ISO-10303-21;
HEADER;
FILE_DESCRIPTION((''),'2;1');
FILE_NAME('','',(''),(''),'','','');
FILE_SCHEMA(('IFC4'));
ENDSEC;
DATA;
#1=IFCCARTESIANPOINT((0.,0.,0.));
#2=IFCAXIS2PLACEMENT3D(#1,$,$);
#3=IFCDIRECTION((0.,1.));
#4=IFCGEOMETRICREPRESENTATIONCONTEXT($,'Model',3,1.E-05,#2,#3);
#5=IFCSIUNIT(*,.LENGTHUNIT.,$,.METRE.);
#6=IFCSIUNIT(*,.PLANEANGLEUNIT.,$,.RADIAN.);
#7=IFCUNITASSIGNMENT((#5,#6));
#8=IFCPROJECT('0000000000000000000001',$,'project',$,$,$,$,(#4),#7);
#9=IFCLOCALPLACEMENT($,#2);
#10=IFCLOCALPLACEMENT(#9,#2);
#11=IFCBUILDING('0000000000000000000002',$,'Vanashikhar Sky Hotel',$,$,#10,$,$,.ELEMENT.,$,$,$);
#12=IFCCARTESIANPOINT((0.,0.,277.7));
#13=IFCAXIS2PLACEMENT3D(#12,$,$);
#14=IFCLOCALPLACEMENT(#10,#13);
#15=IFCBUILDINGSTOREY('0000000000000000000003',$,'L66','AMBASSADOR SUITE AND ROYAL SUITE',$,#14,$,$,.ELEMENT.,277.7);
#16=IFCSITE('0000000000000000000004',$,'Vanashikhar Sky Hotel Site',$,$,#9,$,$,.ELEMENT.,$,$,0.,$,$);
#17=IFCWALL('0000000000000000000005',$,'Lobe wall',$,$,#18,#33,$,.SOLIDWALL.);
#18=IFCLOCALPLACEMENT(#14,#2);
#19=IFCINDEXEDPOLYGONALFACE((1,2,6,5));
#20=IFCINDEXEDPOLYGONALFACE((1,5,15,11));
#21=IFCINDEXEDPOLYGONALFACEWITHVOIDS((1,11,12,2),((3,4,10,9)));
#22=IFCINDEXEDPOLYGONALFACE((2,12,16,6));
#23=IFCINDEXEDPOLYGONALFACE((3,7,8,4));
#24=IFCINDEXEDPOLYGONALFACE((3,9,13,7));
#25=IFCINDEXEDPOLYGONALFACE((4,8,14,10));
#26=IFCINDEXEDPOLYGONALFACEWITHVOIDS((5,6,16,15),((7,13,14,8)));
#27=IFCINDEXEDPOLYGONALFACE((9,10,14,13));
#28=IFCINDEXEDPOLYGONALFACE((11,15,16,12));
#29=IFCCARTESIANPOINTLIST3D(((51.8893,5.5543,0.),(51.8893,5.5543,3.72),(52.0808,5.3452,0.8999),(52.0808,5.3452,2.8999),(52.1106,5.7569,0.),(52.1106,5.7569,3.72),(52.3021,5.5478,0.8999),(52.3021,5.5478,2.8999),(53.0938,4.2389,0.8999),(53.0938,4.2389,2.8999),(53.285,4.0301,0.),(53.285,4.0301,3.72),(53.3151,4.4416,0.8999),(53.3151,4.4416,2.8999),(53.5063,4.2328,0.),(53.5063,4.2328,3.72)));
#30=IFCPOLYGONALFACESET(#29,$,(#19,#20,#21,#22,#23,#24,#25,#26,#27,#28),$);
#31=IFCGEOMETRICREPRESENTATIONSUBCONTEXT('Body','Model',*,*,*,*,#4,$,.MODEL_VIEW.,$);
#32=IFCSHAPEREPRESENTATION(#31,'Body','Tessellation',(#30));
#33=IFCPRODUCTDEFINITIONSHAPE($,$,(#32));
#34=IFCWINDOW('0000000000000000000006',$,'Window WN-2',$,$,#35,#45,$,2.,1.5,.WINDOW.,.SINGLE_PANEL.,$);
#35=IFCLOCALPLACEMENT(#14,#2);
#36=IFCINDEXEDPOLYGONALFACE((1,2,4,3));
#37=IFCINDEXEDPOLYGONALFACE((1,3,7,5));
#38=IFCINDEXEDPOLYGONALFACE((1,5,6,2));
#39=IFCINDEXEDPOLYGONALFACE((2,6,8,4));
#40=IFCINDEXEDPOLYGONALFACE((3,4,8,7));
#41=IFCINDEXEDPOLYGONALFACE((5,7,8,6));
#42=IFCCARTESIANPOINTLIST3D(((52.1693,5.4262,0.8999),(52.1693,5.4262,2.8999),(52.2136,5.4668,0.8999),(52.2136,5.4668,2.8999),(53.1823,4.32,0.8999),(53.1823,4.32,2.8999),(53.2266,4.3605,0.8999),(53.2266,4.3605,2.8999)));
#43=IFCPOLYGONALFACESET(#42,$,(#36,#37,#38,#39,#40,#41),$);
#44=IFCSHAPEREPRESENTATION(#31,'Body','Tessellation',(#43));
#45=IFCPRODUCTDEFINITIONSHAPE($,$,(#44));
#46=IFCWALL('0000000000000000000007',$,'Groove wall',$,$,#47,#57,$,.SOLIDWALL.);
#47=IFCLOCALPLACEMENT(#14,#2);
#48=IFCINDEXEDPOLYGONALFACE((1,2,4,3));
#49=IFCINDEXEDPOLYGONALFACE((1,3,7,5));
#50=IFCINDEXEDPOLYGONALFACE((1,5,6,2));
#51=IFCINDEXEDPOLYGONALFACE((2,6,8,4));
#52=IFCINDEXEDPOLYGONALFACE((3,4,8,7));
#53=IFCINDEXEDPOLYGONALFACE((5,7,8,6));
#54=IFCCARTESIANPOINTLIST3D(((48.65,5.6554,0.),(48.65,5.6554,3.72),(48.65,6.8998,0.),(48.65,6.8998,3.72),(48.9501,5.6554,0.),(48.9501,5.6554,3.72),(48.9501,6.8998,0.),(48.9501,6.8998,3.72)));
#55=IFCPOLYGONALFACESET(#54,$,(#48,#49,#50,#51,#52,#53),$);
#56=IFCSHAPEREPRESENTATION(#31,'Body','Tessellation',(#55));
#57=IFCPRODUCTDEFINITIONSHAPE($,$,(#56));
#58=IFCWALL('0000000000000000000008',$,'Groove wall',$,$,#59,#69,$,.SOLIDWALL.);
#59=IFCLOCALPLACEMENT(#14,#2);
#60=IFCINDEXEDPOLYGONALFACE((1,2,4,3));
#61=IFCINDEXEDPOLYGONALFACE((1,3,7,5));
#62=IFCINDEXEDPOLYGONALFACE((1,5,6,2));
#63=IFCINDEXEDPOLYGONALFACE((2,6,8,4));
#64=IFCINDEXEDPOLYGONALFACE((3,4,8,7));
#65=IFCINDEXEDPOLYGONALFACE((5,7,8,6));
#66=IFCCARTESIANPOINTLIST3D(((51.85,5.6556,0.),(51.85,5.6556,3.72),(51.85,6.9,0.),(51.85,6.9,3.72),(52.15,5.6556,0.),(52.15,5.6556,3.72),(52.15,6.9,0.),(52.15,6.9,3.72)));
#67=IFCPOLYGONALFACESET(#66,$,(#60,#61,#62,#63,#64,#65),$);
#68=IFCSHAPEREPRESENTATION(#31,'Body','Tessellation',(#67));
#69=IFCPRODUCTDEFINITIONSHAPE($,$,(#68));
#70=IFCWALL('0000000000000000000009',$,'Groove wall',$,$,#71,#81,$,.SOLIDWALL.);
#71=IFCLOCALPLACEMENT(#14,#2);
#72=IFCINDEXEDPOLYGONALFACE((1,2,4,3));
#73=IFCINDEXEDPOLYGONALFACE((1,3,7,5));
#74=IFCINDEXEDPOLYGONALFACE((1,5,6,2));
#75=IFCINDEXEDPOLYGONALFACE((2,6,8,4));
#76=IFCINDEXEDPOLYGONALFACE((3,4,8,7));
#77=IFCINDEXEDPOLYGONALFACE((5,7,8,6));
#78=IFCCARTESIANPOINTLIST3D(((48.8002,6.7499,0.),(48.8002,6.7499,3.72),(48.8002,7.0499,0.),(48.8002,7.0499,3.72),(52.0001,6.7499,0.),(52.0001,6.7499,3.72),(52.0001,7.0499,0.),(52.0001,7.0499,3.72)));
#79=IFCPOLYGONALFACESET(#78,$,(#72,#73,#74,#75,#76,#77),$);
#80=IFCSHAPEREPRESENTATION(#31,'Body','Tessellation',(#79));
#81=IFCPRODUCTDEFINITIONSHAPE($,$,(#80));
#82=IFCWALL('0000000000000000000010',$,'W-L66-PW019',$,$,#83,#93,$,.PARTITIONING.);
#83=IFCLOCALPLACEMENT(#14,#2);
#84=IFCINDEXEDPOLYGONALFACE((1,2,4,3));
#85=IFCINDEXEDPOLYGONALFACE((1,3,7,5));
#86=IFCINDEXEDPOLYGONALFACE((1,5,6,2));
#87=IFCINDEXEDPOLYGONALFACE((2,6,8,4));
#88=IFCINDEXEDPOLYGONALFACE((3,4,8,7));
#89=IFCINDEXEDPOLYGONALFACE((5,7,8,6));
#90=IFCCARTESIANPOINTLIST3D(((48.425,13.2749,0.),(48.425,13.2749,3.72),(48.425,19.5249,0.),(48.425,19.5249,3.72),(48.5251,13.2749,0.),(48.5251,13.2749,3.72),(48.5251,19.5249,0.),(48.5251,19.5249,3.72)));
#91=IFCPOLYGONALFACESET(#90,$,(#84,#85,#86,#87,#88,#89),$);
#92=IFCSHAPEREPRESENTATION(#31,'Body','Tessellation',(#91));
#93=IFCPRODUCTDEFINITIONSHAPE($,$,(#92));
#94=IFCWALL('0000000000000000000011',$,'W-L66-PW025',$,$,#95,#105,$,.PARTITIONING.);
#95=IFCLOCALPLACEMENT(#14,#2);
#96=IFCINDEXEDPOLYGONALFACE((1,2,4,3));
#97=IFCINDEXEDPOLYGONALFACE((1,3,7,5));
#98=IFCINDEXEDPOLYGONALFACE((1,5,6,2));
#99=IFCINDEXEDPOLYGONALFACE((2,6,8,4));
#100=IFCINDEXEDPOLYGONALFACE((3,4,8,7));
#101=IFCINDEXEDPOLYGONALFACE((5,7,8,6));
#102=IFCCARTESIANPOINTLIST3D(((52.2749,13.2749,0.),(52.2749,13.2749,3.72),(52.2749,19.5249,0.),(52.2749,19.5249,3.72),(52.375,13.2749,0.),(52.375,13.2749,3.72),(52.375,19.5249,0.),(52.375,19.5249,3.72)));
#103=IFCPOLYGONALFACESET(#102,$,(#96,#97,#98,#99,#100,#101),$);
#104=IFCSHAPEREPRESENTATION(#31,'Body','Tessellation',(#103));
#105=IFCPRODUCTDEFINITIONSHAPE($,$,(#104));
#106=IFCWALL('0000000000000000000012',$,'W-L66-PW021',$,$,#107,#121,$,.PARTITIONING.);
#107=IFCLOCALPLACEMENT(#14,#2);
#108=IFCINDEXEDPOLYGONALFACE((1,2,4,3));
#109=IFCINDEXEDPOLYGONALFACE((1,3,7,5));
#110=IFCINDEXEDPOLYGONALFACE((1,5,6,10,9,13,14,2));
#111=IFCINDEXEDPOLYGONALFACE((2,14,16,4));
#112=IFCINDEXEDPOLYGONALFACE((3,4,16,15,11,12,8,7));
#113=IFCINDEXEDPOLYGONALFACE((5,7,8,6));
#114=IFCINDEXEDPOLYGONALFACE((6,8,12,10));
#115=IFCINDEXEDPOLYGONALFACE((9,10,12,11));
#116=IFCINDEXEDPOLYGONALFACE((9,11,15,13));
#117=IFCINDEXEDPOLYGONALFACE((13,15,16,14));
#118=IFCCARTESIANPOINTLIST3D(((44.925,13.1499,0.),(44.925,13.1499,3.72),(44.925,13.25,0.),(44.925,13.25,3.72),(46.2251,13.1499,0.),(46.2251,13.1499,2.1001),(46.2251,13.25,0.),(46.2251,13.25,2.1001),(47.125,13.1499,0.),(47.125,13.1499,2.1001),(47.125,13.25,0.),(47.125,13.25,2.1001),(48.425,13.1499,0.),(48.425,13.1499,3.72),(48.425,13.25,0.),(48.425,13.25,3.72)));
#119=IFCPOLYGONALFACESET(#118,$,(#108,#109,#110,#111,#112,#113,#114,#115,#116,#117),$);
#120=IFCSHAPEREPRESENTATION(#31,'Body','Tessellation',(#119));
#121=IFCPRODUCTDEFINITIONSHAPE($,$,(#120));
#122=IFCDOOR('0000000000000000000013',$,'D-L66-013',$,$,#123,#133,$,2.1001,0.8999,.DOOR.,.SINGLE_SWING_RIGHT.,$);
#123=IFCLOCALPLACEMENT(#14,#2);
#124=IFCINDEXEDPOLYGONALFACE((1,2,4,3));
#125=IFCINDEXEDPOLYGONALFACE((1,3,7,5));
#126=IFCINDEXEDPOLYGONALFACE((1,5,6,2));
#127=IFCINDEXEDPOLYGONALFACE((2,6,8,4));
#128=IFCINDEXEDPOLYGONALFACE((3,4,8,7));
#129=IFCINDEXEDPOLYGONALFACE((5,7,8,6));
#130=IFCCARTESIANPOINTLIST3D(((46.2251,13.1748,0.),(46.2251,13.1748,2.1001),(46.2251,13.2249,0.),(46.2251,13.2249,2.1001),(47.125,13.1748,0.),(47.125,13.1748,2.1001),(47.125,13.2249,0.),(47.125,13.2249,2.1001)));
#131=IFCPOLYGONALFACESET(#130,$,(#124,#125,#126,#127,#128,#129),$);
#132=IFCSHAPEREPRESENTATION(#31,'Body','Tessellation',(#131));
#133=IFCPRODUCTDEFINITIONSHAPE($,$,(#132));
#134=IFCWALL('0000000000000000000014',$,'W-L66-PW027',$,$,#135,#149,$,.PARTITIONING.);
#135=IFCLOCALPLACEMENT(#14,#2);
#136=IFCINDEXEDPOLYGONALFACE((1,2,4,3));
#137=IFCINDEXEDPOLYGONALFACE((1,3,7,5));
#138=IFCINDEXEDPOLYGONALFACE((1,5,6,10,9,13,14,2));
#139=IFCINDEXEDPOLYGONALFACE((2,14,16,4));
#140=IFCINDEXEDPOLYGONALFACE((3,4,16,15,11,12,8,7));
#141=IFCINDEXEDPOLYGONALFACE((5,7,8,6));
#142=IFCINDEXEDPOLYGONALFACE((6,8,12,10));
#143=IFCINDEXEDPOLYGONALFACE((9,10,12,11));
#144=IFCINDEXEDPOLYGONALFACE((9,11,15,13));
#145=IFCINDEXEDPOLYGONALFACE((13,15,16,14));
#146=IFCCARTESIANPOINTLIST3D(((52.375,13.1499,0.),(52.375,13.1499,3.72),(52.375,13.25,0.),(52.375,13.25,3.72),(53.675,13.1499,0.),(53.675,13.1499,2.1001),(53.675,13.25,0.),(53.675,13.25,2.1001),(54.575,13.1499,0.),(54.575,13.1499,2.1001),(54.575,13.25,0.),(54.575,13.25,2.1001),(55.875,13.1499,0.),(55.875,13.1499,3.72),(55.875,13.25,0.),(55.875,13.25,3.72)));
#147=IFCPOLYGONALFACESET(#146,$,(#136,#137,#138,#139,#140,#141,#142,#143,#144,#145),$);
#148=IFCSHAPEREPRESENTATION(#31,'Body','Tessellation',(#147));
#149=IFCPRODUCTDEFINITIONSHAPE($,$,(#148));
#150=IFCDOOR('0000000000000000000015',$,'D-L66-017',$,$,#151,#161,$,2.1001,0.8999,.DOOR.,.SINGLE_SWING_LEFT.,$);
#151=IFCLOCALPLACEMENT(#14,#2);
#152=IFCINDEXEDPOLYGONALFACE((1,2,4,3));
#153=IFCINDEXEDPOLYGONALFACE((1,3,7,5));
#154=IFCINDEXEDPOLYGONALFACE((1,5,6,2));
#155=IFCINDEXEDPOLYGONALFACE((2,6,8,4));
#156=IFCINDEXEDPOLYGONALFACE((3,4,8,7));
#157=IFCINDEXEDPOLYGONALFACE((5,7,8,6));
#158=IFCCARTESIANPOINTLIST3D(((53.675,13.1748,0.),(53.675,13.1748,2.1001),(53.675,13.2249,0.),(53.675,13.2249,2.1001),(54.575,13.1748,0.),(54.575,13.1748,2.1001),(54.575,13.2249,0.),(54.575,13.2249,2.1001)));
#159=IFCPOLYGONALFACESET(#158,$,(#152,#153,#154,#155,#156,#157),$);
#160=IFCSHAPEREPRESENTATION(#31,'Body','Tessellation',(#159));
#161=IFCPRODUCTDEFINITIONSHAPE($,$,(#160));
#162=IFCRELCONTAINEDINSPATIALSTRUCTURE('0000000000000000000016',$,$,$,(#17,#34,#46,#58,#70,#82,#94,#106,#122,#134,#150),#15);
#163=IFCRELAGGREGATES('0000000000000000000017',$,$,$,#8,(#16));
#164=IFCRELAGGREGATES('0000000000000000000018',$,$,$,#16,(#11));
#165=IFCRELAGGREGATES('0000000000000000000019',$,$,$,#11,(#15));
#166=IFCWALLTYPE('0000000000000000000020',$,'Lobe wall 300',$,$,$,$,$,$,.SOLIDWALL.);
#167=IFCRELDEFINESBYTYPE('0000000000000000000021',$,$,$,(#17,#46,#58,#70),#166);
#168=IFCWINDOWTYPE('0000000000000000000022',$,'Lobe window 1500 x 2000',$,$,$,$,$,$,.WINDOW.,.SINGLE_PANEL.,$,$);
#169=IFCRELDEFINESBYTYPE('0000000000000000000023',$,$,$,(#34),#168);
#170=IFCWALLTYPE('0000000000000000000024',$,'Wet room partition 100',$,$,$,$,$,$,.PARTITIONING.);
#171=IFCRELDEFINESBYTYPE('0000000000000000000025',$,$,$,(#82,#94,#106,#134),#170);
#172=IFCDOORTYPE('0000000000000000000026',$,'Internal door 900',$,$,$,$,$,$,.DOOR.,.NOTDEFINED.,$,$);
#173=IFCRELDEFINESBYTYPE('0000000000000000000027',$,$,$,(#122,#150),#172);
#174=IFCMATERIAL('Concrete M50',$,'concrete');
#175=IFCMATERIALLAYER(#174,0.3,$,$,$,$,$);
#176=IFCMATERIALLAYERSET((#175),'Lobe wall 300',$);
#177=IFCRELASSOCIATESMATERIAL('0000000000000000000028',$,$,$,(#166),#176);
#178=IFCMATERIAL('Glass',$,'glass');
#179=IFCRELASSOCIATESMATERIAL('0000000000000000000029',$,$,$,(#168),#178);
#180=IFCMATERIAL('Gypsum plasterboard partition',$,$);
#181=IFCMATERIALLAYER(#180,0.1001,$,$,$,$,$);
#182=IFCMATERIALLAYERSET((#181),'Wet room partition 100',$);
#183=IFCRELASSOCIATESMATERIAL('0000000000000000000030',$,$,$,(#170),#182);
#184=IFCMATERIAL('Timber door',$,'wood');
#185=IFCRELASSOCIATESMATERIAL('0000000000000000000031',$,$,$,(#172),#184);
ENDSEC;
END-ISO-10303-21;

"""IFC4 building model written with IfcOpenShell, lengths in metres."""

from ifc_helpers import new_model, si_unit, direction, frame, frame_2d, origin, place, context, subcontext, project, spatial, rectangle, extrude, source, transform, mapped, material, layer, layer_set, type_object, element, fill, save


model = new_model("IFC4")

# Units and contexts
model_context = context("Model", 3, precision=1e-05, world=origin(), true_north=direction((0.0, 1.0)))
body_context = subcontext(model_context, "Body", "Model", "MODEL_VIEW")
ifc_project = project(units=[si_unit("LENGTHUNIT", "METRE"), si_unit("PLANEANGLEUNIT", "RADIAN")], contexts=[model_context])

# Site, building, storey
site_placement = place(None, origin())
site = spatial("IfcSite", under=ifc_project, at=site_placement, Name="Vanashikhar Sky Hotel Site", CompositionType="ELEMENT", RefElevation=0.0)
building_placement = place(site_placement, origin())
building = spatial("IfcBuilding", under=site, at=building_placement, Name="Vanashikhar Sky Hotel", CompositionType="ELEMENT")
storey_placement = place(building_placement, frame((0.0, 0.0, 277.7)))
storey = spatial("IfcBuildingStorey", under=building, at=storey_placement, Name="L66", Description="AMBASSADOR SUITE AND ROYAL SUITE", CompositionType="ELEMENT", Elevation=277.7)

# Shared definitions
ifc_material_1 = material(Name="Concrete M50", Category="concrete")

# Wall, opening, window
ifc_layer_1 = layer(ifc_material_1, 0.3)
ifc_layer_set_1 = layer_set([ifc_layer_1], Name="Lobe wall 300")
wall_type_1 = type_object("IfcWallType", Name="Lobe wall 300", PredefinedType="SOLIDWALL", material=ifc_layer_set_1)
shared_shape_1 = source(origin(), body_context, "Body", "SweptSolid", [
    extrude(rectangle(XDim=1.5, YDim=2.0, at=frame_2d((0.75, 1.0))), frame((0.0, 0.1602, 0.0), z_axis=(0.0, -1.0, 0.0), x_axis=(1.0, 0.0, 0.0)), (0.0, 0.0, 1.0), 0.3201),
])
ifc_material_2 = material(Name="Glass", Category="glass")
window_type = type_object("IfcWindowType", Name="Lobe window 1500 x 2000", PartitioningType="SINGLE_PANEL", PredefinedType="WINDOW", material=ifc_material_2)
shared_shape_2 = source(origin(), body_context, "Body", "SweptSolid", [
    extrude(rectangle(XDim=1.5, YDim=2.0, at=frame_2d((0.75, 1.0))), frame((0.0, 0.03, 0.0), z_axis=(0.0, -1.0, 0.0), x_axis=(1.0, 0.0, 0.0)), (0.0, 0.0, 1.0), 0.0601),
])
shared_shape_3 = source(origin(), body_context, "Body", "SweptSolid", [
    extrude(rectangle(XDim=2.0667, YDim=0.3, at=frame_2d((1.0332, 0.0))), origin(), (0.0, 0.0, 1.0), 3.72),
])
wall_1_placement = place(storey_placement, frame((52.0, 5.6555, 0.0), z_axis=(0.0, 0.0, 1.0), x_axis=(0.675355, -0.737492, 0.0)))
wall_1 = element("IfcWall", 1, at=wall_1_placement, inside=storey, type_object=wall_type_1, Name="Lobe wall", PredefinedType="SOLIDWALL", context=body_context, shape_type="MappedRepresentation", body=[
    mapped(shared_shape_3, transform((0.0, 0.0, 0.0), scale=1.0)),
])
opening_1_placement = place(wall_1_placement, frame((0.2834, 0.0, 0.8999)))
opening_1 = element("IfcOpeningElement", 2, at=opening_1_placement, cuts=wall_1, PredefinedType="OPENING", context=body_context, shape_type="MappedRepresentation", body=[
    mapped(shared_shape_1, transform((0.0, 0.0, 0.0), scale=1.0)),
])
window_1_placement = place(opening_1_placement, origin())
window_1 = element("IfcWindow", 3, at=window_1_placement, inside=storey, type_object=window_type, Name="Window WN-2", OverallHeight=2.0, OverallWidth=1.5, PartitioningType="SINGLE_PANEL", PredefinedType="WINDOW", context=body_context, shape_type="MappedRepresentation", body=[
    mapped(shared_shape_2, transform((0.0, 0.0, 0.0), scale=1.0)),
])
fill(opening_1, window_1)

# Walls
shared_shape_4 = source(origin(), body_context, "Body", "SweptSolid", [
    extrude(rectangle(XDim=1.2444, YDim=0.3, at=frame_2d((0.6221, 0.0))), origin(), (0.0, 0.0, 1.0), 3.72),
])
for number, where, z_axis, x_axis, name in (
    (4, (48.8, 5.6555, 0.0), (0.0, 0.0, 1.0), (0.0, 1.0, 0.0), "Groove wall"),
    (5, (52.0, 6.8999, 0.0), (0.0, 0.0, 1.0), (0.0, -1.0, 0.0), "Groove wall"),
):
    element("IfcWall", number, at=place(storey_placement, frame(where, z_axis=z_axis, x_axis=x_axis)), inside=storey, type_object=wall_type_1, Name=name, PredefinedType="SOLIDWALL", context=body_context, shape_type="MappedRepresentation", body=[
        mapped(shared_shape_4, transform((0.0, 0.0, 0.0), scale=1.0)),
    ])
shared_shape_5 = source(origin(), body_context, "Body", "SweptSolid", [
    extrude(rectangle(XDim=3.2, YDim=0.3, at=frame_2d((1.6001, 0.0))), origin(), (0.0, 0.0, 1.0), 3.72),
])
wall_2_placement = place(storey_placement, frame((48.8, 6.8999, 0.0), z_axis=(0.0, 0.0, 1.0), x_axis=(1.0, 0.0, 0.0)))
element("IfcWall", 6, at=wall_2_placement, inside=storey, type_object=wall_type_1, Name="Groove wall", PredefinedType="SOLIDWALL", context=body_context, shape_type="MappedRepresentation", body=[
    mapped(shared_shape_5, transform((0.0, 0.0, 0.0), scale=1.0)),
])
ifc_material_3 = material(Name="Gypsum plasterboard partition")
ifc_layer_2 = layer(ifc_material_3, 0.1001)
ifc_layer_set_2 = layer_set([ifc_layer_2], Name="Wet room partition 100")
wall_type_2 = type_object("IfcWallType", Name="Wet room partition 100", PredefinedType="PARTITIONING", material=ifc_layer_set_2)
shared_shape_6 = source(origin(), body_context, "Body", "SweptSolid", [
    extrude(rectangle(XDim=6.25, YDim=0.1001, at=frame_2d((3.125, 0.0))), origin(), (0.0, 0.0, 1.0), 3.72),
])
for number, where, z_axis, x_axis, name in (
    (7, (48.4751, 13.2749, 0.0), (0.0, 0.0, 1.0), (0.0, 1.0, 0.0), "W-L66-PW019"),
    (8, (52.325, 13.2749, 0.0), (0.0, 0.0, 1.0), (0.0, 1.0, 0.0), "W-L66-PW025"),
):
    element("IfcWall", number, at=place(storey_placement, frame(where, z_axis=z_axis, x_axis=x_axis)), inside=storey, type_object=wall_type_2, Name=name, PredefinedType="PARTITIONING", context=body_context, shape_type="MappedRepresentation", body=[
        mapped(shared_shape_6, transform((0.0, 0.0, 0.0), scale=1.0)),
    ])

# Walls, openings, doors
shared_shape_7 = source(origin(), body_context, "Body", "SweptSolid", [
    extrude(rectangle(XDim=3.5, YDim=0.1001, at=frame_2d((1.75, 0.0))), origin(), (0.0, 0.0, 1.0), 3.72),
])
wall_3_placement = place(storey_placement, frame((44.925, 13.2, 0.0), z_axis=(0.0, 0.0, 1.0), x_axis=(1.0, 0.0, 0.0)))
wall_3 = element("IfcWall", 9, at=wall_3_placement, inside=storey, type_object=wall_type_2, Name="W-L66-PW021", PredefinedType="PARTITIONING", context=body_context, shape_type="MappedRepresentation", body=[
    mapped(shared_shape_7, transform((0.0, 0.0, 0.0), scale=1.0)),
])
shared_shape_8 = source(origin(), body_context, "Body", "SweptSolid", [
    extrude(rectangle(XDim=0.8999, YDim=2.1001, at=frame_2d((0.45, 1.05))), frame((0.0, 0.0601, 0.0), z_axis=(0.0, -1.0, 0.0), x_axis=(1.0, 0.0, 0.0)), (0.0, 0.0, 1.0), 0.1201),
])
opening_2_placement = place(wall_3_placement, frame((1.3, 0.0, 0.0)))
opening_2 = element("IfcOpeningElement", 10, at=opening_2_placement, cuts=wall_3, PredefinedType="OPENING", context=body_context, shape_type="MappedRepresentation", body=[
    mapped(shared_shape_8, transform((0.0, 0.0, 0.0), scale=1.0)),
])
ifc_material_4 = material(Name="Timber door", Category="wood")
door_type_1 = type_object("IfcDoorType", Name="Internal door 900", OperationType="NOTDEFINED", PredefinedType="DOOR", material=ifc_material_4)
shared_shape_9 = source(origin(), body_context, "Body", "SweptSolid", [
    extrude(rectangle(XDim=0.8999, YDim=2.1001, at=frame_2d((0.45, 1.05))), frame((0.0, 0.0249, 0.0), z_axis=(0.0, -1.0, 0.0), x_axis=(1.0, 0.0, 0.0)), (0.0, 0.0, 1.0), 0.05),
])
door_1_placement = place(opening_2_placement, origin())
door_1 = element("IfcDoor", 11, at=door_1_placement, inside=storey, type_object=door_type_1, Name="D-L66-013", OperationType="SINGLE_SWING_RIGHT", OverallHeight=2.1001, OverallWidth=0.8999, PredefinedType="DOOR", context=body_context, shape_type="MappedRepresentation", body=[
    mapped(shared_shape_9, transform((0.0, 0.0, 0.0), scale=1.0)),
])
fill(opening_2, door_1)
wall_4_placement = place(storey_placement, frame((52.375, 13.2, 0.0), z_axis=(0.0, 0.0, 1.0), x_axis=(1.0, 0.0, 0.0)))
wall_4 = element("IfcWall", 12, at=wall_4_placement, inside=storey, type_object=wall_type_2, Name="W-L66-PW027", PredefinedType="PARTITIONING", context=body_context, shape_type="MappedRepresentation", body=[
    mapped(shared_shape_7, transform((0.0, 0.0, 0.0), scale=1.0)),
])
opening_3_placement = place(wall_4_placement, frame((1.3, 0.0, 0.0)))
opening_3 = element("IfcOpeningElement", 13, at=opening_3_placement, cuts=wall_4, PredefinedType="OPENING", context=body_context, shape_type="MappedRepresentation", body=[
    mapped(shared_shape_8, transform((0.0, 0.0, 0.0), scale=1.0)),
])
door_2_placement = place(opening_3_placement, origin())
door_2 = element("IfcDoor", 14, at=door_2_placement, inside=storey, type_object=door_type_1, Name="D-L66-017", OperationType="SINGLE_SWING_LEFT", OverallHeight=2.1001, OverallWidth=0.8999, PredefinedType="DOOR", context=body_context, shape_type="MappedRepresentation", body=[
    mapped(shared_shape_9, transform((0.0, 0.0, 0.0), scale=1.0)),
])
fill(opening_3, door_2)

save(model, "model.ifc")
